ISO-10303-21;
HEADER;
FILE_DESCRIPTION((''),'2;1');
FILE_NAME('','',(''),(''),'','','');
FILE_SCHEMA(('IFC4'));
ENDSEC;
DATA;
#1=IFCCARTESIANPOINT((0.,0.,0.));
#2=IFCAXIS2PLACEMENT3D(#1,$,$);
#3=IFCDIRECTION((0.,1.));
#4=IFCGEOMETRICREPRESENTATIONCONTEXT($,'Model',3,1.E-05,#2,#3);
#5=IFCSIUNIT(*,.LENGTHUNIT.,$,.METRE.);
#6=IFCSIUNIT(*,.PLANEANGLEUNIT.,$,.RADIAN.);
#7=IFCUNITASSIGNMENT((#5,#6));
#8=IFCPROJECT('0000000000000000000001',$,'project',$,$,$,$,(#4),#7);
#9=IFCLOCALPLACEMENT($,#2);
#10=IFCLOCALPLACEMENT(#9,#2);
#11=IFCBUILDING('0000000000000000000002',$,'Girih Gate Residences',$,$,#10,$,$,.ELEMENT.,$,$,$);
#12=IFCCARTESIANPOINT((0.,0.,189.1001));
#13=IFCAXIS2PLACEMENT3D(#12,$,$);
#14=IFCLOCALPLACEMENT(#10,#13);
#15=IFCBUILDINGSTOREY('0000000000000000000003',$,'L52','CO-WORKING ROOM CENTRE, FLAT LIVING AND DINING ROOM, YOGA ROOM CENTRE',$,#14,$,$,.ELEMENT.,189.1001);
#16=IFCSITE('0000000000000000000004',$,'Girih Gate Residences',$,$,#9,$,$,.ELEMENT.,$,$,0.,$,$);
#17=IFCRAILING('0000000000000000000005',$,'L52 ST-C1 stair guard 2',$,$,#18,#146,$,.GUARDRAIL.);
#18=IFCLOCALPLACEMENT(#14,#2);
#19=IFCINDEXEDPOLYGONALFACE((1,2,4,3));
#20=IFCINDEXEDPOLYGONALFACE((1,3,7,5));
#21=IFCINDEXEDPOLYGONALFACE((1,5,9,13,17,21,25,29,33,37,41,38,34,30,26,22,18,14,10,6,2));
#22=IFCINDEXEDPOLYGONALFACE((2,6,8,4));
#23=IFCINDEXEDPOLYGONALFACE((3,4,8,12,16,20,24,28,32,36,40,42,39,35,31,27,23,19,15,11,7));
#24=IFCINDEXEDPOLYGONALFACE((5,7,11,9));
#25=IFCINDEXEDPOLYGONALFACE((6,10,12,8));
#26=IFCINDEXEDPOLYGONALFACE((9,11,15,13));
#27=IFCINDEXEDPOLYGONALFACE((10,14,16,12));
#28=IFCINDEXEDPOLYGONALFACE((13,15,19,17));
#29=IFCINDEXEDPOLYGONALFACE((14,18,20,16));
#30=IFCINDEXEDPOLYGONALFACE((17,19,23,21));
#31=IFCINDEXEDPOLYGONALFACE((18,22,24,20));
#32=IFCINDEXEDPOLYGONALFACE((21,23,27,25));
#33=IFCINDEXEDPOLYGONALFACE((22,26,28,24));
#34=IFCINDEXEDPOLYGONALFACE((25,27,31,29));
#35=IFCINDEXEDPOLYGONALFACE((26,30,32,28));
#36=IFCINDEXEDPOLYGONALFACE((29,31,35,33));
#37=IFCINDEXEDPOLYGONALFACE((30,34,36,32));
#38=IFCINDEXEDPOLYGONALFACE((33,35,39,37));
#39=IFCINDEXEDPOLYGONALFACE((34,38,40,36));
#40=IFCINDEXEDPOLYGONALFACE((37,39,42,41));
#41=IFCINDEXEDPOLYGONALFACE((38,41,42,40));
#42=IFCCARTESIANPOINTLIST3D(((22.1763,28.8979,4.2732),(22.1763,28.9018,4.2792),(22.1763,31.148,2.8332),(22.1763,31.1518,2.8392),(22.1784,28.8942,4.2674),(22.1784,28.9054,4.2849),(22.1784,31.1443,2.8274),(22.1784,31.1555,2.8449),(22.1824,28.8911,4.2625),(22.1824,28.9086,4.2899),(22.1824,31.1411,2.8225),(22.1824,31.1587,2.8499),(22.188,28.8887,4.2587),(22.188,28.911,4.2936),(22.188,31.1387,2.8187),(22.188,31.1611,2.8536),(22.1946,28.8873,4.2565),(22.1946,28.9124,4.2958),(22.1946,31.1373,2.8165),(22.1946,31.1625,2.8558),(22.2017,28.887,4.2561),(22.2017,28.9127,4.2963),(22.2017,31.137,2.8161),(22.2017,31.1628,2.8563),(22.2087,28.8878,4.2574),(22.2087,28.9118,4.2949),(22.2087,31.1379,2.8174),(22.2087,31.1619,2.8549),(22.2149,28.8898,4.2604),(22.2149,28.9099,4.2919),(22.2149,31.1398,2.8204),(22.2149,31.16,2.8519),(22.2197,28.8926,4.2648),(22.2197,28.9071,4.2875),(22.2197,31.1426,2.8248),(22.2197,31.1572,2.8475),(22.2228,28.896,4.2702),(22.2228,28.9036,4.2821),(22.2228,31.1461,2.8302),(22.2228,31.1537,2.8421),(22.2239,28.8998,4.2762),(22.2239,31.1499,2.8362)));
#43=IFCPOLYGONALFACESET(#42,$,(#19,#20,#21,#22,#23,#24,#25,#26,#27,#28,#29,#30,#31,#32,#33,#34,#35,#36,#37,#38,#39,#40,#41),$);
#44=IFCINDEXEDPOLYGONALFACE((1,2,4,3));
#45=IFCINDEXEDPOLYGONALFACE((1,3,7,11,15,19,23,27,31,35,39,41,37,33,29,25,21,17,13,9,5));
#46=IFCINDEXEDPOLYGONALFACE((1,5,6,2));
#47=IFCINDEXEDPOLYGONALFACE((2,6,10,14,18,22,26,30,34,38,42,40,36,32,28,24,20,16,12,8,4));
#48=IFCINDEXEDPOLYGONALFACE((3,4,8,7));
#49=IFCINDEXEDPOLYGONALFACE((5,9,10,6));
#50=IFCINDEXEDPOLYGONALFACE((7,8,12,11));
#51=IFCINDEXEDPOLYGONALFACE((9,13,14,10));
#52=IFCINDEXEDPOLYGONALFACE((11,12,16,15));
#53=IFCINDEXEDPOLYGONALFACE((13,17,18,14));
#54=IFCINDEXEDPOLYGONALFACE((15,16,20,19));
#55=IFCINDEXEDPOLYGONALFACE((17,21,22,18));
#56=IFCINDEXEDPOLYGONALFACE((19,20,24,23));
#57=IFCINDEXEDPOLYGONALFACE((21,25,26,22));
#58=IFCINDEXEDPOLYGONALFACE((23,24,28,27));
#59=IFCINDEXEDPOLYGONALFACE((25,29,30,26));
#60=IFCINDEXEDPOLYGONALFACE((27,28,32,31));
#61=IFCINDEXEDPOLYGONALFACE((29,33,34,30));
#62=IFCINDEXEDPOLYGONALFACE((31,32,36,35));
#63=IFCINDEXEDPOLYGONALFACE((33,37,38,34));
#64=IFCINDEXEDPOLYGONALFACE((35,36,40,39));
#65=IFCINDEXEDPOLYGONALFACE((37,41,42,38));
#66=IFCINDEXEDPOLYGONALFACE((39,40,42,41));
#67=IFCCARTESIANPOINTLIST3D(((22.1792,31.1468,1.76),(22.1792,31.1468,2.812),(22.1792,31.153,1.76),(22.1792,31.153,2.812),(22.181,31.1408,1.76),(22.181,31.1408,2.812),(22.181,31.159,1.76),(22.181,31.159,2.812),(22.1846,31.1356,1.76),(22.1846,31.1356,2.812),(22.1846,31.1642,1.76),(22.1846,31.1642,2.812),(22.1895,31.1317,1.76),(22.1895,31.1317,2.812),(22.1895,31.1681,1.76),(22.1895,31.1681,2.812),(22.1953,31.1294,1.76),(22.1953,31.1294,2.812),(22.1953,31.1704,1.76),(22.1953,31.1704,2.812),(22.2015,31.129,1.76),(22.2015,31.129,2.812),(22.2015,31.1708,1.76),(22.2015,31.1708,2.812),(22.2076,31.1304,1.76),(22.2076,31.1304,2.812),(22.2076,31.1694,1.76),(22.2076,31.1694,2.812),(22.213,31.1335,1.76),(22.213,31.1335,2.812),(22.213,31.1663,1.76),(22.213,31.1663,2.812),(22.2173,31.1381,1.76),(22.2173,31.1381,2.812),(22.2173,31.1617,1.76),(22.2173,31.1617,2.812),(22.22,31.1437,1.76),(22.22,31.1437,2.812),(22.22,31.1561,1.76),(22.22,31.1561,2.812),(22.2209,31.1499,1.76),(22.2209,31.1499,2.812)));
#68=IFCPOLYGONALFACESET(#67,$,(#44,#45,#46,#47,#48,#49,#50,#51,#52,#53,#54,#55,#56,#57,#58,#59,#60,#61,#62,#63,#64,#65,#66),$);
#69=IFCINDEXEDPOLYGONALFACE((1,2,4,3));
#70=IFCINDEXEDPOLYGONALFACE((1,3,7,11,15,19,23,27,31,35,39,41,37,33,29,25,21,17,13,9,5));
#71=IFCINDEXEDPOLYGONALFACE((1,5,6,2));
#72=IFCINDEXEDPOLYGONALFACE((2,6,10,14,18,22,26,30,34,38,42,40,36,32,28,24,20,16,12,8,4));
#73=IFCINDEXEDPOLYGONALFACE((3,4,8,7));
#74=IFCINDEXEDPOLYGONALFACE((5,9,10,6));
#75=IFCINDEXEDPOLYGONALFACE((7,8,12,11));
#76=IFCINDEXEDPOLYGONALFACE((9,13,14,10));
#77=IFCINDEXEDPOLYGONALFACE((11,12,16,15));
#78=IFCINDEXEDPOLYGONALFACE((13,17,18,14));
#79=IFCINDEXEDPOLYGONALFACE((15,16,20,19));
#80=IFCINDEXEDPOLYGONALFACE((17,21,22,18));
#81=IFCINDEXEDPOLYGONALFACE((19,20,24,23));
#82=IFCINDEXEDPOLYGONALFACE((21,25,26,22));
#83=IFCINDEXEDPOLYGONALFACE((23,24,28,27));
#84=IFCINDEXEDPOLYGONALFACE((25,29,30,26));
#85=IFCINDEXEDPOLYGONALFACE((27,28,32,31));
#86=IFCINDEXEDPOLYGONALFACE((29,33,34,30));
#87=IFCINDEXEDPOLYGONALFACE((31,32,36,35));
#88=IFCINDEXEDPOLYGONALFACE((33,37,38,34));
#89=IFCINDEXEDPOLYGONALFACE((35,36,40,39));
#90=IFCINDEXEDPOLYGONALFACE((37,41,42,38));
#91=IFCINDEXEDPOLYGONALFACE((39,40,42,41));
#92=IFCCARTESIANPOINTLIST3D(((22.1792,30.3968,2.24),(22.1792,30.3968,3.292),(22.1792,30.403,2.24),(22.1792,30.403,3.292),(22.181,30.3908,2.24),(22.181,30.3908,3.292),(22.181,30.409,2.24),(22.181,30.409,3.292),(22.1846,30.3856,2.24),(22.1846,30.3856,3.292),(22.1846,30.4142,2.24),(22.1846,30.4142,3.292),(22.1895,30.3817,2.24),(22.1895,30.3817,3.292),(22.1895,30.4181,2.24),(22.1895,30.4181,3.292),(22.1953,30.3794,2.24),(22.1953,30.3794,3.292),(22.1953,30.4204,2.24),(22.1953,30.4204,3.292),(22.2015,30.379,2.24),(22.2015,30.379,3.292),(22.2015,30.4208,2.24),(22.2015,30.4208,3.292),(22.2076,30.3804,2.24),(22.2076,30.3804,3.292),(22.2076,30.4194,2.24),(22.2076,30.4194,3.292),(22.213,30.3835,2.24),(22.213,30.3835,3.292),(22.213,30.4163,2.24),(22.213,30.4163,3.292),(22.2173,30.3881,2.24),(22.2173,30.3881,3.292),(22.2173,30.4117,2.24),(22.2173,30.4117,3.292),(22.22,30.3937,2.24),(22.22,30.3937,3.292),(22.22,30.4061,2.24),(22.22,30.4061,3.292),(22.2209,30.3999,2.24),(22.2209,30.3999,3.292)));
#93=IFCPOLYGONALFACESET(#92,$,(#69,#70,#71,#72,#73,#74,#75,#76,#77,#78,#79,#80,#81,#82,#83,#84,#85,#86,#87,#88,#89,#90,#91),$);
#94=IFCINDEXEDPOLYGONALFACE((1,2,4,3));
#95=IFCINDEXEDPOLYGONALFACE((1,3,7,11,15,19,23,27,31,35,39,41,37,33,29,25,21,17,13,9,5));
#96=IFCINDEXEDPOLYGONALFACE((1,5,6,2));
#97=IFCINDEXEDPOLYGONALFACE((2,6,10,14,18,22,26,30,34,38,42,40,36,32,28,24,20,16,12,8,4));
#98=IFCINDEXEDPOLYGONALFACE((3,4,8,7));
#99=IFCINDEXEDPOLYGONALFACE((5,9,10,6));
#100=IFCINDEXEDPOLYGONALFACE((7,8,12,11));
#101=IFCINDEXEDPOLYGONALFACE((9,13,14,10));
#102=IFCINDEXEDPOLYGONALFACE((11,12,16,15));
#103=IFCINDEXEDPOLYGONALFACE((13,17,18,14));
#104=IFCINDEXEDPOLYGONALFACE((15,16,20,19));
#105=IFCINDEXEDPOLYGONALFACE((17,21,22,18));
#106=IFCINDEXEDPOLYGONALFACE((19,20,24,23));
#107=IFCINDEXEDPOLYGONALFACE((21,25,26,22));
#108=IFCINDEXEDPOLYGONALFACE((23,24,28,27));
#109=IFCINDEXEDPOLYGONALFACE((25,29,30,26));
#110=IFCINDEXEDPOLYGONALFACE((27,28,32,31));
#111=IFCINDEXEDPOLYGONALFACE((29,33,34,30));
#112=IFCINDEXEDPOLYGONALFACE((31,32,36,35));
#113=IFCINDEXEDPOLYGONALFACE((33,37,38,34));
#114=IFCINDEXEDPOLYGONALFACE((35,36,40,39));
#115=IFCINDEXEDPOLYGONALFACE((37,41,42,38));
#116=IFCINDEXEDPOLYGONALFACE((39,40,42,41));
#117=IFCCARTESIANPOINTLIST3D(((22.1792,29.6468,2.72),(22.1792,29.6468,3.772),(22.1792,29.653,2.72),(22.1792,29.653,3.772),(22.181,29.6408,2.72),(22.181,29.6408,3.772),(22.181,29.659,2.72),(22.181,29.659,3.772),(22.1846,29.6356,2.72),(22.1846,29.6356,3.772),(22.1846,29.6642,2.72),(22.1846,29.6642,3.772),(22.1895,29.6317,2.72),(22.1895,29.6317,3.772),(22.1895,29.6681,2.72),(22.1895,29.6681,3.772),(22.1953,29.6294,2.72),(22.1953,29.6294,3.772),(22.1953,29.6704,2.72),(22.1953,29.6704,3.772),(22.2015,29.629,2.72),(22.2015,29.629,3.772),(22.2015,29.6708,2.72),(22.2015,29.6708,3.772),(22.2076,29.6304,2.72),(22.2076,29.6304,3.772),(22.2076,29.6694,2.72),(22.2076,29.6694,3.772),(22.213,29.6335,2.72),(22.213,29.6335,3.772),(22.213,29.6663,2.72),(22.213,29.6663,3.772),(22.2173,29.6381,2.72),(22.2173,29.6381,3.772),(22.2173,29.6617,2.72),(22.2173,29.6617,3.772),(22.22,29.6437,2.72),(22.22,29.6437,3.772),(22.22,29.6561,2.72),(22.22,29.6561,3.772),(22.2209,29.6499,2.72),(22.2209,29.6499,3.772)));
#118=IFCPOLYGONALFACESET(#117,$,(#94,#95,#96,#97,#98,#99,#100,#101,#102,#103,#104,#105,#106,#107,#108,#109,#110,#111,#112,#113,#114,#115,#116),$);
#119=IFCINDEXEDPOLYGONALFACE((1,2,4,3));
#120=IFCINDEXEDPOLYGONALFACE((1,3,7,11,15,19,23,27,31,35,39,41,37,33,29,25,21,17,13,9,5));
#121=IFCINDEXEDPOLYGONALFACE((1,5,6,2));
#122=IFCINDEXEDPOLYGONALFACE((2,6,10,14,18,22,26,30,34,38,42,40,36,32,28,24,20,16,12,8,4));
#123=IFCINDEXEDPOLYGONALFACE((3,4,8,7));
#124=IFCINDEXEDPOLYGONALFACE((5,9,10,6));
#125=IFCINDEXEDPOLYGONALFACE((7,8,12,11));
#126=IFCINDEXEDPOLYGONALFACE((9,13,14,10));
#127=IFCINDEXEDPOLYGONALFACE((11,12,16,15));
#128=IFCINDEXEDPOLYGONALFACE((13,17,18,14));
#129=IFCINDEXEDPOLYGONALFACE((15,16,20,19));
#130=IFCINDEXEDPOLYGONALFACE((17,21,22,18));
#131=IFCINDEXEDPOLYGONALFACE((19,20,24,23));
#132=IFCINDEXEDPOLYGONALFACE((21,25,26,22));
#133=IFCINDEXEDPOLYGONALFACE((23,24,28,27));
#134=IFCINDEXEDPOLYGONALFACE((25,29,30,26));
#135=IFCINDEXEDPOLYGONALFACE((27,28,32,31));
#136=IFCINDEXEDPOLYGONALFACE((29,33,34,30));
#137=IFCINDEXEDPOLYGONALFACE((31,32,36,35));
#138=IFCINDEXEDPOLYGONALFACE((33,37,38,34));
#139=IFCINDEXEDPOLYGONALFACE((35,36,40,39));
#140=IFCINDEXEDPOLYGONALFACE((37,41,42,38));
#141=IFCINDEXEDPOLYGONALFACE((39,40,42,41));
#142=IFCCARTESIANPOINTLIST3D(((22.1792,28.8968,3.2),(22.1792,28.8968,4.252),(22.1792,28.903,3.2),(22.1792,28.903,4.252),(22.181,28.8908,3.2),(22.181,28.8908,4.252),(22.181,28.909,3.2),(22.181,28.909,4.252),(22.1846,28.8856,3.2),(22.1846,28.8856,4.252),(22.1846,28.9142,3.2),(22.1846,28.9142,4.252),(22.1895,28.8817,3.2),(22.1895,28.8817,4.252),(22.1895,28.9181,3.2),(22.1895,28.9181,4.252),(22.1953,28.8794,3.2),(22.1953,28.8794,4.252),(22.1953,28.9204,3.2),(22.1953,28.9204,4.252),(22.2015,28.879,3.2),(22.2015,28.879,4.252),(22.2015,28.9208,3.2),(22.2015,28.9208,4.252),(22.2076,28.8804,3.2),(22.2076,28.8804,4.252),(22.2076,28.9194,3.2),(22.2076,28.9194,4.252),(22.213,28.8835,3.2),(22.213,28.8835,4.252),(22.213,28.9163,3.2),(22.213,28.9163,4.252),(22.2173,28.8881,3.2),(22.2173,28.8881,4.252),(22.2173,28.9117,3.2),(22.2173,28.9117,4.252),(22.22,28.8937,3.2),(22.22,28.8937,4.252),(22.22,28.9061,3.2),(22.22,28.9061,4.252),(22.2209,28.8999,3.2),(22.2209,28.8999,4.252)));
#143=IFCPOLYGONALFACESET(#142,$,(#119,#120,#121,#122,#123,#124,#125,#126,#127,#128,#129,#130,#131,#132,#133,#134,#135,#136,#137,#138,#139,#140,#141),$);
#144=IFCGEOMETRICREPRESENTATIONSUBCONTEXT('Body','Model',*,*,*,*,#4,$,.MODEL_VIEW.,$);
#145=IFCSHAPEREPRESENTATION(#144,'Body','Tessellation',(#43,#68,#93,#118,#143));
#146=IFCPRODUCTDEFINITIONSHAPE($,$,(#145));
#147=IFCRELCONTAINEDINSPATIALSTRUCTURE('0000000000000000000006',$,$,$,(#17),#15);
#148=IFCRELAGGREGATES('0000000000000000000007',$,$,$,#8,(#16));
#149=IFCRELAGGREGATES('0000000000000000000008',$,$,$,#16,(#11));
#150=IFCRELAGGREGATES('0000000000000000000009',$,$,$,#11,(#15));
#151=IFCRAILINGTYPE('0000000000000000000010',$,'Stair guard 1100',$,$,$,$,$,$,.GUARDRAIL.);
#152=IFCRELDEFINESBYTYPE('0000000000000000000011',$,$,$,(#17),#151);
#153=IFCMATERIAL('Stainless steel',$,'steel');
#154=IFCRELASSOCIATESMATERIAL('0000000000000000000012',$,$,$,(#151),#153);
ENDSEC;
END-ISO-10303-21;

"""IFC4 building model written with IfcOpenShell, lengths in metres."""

from ifc_helpers import new_model, si_unit, direction, frame, origin, origin_2d, place, context, subcontext, project, spatial, circle, extrude, material, type_object, element, save


model = new_model("IFC4")

# Units and contexts
model_context = context("Model", 3, precision=1e-05, world=origin(), true_north=direction((0.0, 1.0)))
body_context = subcontext(model_context, "Body", "Model", "MODEL_VIEW")
ifc_project = project(units=[si_unit("LENGTHUNIT", "METRE"), si_unit("PLANEANGLEUNIT", "RADIAN")], contexts=[model_context])

# Site, building, storey
site_placement = place(None, origin())
site = spatial("IfcSite", under=ifc_project, at=site_placement, Name="Girih Gate Residences", CompositionType="ELEMENT", RefElevation=0.0)
building_placement = place(site_placement, origin())
building = spatial("IfcBuilding", under=site, at=building_placement, Name="Girih Gate Residences", CompositionType="ELEMENT")
storey_placement = place(building_placement, frame((0.0, 0.0, 189.1001)))
storey = spatial("IfcBuildingStorey", under=building, at=storey_placement, Name="L52", Description="CO-WORKING ROOM CENTRE, FLAT LIVING AND DINING ROOM, YOGA ROOM CENTRE", CompositionType="ELEMENT", Elevation=189.1001)

# Railing
ifc_material_1 = material(Name="Stainless steel", Category="steel")
railing_type_1 = type_object("IfcRailingType", Name="Stair guard 1100", PredefinedType="GUARDRAIL", material=ifc_material_1)
railing_1_placement = place(storey_placement, frame((22.2, 31.1499, 1.76)))
element("IfcRailing", 1, at=railing_1_placement, inside=storey, type_object=railing_type_1, Name="L52 ST-C1 stair guard 2", PredefinedType="GUARDRAIL", context=body_context, shape_type="SweptSolid", body=[
    extrude(circle(Radius=0.0239, at=origin_2d()), frame((0.0, 0.0, 1.0762), z_axis=(0.0, -0.842281, 0.539038), x_axis=(1.0, 0.0, 0.0)), (0.0, 0.0, 1.0), 2.6714),
    extrude(circle(Radius=0.021, at=origin_2d()), origin(), (0.0, 0.0, 1.0), 1.052),
    extrude(circle(Radius=0.021, at=origin_2d()), frame((0.0, -0.75, 0.48)), (0.0, 0.0, 1.0), 1.052),
    extrude(circle(Radius=0.021, at=origin_2d()), frame((0.0, -1.5, 0.96)), (0.0, 0.0, 1.0), 1.052),
    extrude(circle(Radius=0.021, at=origin_2d()), frame((0.0, -2.25, 1.4399)), (0.0, 0.0, 1.0), 1.052),
])

save(model, "model.ifc")
